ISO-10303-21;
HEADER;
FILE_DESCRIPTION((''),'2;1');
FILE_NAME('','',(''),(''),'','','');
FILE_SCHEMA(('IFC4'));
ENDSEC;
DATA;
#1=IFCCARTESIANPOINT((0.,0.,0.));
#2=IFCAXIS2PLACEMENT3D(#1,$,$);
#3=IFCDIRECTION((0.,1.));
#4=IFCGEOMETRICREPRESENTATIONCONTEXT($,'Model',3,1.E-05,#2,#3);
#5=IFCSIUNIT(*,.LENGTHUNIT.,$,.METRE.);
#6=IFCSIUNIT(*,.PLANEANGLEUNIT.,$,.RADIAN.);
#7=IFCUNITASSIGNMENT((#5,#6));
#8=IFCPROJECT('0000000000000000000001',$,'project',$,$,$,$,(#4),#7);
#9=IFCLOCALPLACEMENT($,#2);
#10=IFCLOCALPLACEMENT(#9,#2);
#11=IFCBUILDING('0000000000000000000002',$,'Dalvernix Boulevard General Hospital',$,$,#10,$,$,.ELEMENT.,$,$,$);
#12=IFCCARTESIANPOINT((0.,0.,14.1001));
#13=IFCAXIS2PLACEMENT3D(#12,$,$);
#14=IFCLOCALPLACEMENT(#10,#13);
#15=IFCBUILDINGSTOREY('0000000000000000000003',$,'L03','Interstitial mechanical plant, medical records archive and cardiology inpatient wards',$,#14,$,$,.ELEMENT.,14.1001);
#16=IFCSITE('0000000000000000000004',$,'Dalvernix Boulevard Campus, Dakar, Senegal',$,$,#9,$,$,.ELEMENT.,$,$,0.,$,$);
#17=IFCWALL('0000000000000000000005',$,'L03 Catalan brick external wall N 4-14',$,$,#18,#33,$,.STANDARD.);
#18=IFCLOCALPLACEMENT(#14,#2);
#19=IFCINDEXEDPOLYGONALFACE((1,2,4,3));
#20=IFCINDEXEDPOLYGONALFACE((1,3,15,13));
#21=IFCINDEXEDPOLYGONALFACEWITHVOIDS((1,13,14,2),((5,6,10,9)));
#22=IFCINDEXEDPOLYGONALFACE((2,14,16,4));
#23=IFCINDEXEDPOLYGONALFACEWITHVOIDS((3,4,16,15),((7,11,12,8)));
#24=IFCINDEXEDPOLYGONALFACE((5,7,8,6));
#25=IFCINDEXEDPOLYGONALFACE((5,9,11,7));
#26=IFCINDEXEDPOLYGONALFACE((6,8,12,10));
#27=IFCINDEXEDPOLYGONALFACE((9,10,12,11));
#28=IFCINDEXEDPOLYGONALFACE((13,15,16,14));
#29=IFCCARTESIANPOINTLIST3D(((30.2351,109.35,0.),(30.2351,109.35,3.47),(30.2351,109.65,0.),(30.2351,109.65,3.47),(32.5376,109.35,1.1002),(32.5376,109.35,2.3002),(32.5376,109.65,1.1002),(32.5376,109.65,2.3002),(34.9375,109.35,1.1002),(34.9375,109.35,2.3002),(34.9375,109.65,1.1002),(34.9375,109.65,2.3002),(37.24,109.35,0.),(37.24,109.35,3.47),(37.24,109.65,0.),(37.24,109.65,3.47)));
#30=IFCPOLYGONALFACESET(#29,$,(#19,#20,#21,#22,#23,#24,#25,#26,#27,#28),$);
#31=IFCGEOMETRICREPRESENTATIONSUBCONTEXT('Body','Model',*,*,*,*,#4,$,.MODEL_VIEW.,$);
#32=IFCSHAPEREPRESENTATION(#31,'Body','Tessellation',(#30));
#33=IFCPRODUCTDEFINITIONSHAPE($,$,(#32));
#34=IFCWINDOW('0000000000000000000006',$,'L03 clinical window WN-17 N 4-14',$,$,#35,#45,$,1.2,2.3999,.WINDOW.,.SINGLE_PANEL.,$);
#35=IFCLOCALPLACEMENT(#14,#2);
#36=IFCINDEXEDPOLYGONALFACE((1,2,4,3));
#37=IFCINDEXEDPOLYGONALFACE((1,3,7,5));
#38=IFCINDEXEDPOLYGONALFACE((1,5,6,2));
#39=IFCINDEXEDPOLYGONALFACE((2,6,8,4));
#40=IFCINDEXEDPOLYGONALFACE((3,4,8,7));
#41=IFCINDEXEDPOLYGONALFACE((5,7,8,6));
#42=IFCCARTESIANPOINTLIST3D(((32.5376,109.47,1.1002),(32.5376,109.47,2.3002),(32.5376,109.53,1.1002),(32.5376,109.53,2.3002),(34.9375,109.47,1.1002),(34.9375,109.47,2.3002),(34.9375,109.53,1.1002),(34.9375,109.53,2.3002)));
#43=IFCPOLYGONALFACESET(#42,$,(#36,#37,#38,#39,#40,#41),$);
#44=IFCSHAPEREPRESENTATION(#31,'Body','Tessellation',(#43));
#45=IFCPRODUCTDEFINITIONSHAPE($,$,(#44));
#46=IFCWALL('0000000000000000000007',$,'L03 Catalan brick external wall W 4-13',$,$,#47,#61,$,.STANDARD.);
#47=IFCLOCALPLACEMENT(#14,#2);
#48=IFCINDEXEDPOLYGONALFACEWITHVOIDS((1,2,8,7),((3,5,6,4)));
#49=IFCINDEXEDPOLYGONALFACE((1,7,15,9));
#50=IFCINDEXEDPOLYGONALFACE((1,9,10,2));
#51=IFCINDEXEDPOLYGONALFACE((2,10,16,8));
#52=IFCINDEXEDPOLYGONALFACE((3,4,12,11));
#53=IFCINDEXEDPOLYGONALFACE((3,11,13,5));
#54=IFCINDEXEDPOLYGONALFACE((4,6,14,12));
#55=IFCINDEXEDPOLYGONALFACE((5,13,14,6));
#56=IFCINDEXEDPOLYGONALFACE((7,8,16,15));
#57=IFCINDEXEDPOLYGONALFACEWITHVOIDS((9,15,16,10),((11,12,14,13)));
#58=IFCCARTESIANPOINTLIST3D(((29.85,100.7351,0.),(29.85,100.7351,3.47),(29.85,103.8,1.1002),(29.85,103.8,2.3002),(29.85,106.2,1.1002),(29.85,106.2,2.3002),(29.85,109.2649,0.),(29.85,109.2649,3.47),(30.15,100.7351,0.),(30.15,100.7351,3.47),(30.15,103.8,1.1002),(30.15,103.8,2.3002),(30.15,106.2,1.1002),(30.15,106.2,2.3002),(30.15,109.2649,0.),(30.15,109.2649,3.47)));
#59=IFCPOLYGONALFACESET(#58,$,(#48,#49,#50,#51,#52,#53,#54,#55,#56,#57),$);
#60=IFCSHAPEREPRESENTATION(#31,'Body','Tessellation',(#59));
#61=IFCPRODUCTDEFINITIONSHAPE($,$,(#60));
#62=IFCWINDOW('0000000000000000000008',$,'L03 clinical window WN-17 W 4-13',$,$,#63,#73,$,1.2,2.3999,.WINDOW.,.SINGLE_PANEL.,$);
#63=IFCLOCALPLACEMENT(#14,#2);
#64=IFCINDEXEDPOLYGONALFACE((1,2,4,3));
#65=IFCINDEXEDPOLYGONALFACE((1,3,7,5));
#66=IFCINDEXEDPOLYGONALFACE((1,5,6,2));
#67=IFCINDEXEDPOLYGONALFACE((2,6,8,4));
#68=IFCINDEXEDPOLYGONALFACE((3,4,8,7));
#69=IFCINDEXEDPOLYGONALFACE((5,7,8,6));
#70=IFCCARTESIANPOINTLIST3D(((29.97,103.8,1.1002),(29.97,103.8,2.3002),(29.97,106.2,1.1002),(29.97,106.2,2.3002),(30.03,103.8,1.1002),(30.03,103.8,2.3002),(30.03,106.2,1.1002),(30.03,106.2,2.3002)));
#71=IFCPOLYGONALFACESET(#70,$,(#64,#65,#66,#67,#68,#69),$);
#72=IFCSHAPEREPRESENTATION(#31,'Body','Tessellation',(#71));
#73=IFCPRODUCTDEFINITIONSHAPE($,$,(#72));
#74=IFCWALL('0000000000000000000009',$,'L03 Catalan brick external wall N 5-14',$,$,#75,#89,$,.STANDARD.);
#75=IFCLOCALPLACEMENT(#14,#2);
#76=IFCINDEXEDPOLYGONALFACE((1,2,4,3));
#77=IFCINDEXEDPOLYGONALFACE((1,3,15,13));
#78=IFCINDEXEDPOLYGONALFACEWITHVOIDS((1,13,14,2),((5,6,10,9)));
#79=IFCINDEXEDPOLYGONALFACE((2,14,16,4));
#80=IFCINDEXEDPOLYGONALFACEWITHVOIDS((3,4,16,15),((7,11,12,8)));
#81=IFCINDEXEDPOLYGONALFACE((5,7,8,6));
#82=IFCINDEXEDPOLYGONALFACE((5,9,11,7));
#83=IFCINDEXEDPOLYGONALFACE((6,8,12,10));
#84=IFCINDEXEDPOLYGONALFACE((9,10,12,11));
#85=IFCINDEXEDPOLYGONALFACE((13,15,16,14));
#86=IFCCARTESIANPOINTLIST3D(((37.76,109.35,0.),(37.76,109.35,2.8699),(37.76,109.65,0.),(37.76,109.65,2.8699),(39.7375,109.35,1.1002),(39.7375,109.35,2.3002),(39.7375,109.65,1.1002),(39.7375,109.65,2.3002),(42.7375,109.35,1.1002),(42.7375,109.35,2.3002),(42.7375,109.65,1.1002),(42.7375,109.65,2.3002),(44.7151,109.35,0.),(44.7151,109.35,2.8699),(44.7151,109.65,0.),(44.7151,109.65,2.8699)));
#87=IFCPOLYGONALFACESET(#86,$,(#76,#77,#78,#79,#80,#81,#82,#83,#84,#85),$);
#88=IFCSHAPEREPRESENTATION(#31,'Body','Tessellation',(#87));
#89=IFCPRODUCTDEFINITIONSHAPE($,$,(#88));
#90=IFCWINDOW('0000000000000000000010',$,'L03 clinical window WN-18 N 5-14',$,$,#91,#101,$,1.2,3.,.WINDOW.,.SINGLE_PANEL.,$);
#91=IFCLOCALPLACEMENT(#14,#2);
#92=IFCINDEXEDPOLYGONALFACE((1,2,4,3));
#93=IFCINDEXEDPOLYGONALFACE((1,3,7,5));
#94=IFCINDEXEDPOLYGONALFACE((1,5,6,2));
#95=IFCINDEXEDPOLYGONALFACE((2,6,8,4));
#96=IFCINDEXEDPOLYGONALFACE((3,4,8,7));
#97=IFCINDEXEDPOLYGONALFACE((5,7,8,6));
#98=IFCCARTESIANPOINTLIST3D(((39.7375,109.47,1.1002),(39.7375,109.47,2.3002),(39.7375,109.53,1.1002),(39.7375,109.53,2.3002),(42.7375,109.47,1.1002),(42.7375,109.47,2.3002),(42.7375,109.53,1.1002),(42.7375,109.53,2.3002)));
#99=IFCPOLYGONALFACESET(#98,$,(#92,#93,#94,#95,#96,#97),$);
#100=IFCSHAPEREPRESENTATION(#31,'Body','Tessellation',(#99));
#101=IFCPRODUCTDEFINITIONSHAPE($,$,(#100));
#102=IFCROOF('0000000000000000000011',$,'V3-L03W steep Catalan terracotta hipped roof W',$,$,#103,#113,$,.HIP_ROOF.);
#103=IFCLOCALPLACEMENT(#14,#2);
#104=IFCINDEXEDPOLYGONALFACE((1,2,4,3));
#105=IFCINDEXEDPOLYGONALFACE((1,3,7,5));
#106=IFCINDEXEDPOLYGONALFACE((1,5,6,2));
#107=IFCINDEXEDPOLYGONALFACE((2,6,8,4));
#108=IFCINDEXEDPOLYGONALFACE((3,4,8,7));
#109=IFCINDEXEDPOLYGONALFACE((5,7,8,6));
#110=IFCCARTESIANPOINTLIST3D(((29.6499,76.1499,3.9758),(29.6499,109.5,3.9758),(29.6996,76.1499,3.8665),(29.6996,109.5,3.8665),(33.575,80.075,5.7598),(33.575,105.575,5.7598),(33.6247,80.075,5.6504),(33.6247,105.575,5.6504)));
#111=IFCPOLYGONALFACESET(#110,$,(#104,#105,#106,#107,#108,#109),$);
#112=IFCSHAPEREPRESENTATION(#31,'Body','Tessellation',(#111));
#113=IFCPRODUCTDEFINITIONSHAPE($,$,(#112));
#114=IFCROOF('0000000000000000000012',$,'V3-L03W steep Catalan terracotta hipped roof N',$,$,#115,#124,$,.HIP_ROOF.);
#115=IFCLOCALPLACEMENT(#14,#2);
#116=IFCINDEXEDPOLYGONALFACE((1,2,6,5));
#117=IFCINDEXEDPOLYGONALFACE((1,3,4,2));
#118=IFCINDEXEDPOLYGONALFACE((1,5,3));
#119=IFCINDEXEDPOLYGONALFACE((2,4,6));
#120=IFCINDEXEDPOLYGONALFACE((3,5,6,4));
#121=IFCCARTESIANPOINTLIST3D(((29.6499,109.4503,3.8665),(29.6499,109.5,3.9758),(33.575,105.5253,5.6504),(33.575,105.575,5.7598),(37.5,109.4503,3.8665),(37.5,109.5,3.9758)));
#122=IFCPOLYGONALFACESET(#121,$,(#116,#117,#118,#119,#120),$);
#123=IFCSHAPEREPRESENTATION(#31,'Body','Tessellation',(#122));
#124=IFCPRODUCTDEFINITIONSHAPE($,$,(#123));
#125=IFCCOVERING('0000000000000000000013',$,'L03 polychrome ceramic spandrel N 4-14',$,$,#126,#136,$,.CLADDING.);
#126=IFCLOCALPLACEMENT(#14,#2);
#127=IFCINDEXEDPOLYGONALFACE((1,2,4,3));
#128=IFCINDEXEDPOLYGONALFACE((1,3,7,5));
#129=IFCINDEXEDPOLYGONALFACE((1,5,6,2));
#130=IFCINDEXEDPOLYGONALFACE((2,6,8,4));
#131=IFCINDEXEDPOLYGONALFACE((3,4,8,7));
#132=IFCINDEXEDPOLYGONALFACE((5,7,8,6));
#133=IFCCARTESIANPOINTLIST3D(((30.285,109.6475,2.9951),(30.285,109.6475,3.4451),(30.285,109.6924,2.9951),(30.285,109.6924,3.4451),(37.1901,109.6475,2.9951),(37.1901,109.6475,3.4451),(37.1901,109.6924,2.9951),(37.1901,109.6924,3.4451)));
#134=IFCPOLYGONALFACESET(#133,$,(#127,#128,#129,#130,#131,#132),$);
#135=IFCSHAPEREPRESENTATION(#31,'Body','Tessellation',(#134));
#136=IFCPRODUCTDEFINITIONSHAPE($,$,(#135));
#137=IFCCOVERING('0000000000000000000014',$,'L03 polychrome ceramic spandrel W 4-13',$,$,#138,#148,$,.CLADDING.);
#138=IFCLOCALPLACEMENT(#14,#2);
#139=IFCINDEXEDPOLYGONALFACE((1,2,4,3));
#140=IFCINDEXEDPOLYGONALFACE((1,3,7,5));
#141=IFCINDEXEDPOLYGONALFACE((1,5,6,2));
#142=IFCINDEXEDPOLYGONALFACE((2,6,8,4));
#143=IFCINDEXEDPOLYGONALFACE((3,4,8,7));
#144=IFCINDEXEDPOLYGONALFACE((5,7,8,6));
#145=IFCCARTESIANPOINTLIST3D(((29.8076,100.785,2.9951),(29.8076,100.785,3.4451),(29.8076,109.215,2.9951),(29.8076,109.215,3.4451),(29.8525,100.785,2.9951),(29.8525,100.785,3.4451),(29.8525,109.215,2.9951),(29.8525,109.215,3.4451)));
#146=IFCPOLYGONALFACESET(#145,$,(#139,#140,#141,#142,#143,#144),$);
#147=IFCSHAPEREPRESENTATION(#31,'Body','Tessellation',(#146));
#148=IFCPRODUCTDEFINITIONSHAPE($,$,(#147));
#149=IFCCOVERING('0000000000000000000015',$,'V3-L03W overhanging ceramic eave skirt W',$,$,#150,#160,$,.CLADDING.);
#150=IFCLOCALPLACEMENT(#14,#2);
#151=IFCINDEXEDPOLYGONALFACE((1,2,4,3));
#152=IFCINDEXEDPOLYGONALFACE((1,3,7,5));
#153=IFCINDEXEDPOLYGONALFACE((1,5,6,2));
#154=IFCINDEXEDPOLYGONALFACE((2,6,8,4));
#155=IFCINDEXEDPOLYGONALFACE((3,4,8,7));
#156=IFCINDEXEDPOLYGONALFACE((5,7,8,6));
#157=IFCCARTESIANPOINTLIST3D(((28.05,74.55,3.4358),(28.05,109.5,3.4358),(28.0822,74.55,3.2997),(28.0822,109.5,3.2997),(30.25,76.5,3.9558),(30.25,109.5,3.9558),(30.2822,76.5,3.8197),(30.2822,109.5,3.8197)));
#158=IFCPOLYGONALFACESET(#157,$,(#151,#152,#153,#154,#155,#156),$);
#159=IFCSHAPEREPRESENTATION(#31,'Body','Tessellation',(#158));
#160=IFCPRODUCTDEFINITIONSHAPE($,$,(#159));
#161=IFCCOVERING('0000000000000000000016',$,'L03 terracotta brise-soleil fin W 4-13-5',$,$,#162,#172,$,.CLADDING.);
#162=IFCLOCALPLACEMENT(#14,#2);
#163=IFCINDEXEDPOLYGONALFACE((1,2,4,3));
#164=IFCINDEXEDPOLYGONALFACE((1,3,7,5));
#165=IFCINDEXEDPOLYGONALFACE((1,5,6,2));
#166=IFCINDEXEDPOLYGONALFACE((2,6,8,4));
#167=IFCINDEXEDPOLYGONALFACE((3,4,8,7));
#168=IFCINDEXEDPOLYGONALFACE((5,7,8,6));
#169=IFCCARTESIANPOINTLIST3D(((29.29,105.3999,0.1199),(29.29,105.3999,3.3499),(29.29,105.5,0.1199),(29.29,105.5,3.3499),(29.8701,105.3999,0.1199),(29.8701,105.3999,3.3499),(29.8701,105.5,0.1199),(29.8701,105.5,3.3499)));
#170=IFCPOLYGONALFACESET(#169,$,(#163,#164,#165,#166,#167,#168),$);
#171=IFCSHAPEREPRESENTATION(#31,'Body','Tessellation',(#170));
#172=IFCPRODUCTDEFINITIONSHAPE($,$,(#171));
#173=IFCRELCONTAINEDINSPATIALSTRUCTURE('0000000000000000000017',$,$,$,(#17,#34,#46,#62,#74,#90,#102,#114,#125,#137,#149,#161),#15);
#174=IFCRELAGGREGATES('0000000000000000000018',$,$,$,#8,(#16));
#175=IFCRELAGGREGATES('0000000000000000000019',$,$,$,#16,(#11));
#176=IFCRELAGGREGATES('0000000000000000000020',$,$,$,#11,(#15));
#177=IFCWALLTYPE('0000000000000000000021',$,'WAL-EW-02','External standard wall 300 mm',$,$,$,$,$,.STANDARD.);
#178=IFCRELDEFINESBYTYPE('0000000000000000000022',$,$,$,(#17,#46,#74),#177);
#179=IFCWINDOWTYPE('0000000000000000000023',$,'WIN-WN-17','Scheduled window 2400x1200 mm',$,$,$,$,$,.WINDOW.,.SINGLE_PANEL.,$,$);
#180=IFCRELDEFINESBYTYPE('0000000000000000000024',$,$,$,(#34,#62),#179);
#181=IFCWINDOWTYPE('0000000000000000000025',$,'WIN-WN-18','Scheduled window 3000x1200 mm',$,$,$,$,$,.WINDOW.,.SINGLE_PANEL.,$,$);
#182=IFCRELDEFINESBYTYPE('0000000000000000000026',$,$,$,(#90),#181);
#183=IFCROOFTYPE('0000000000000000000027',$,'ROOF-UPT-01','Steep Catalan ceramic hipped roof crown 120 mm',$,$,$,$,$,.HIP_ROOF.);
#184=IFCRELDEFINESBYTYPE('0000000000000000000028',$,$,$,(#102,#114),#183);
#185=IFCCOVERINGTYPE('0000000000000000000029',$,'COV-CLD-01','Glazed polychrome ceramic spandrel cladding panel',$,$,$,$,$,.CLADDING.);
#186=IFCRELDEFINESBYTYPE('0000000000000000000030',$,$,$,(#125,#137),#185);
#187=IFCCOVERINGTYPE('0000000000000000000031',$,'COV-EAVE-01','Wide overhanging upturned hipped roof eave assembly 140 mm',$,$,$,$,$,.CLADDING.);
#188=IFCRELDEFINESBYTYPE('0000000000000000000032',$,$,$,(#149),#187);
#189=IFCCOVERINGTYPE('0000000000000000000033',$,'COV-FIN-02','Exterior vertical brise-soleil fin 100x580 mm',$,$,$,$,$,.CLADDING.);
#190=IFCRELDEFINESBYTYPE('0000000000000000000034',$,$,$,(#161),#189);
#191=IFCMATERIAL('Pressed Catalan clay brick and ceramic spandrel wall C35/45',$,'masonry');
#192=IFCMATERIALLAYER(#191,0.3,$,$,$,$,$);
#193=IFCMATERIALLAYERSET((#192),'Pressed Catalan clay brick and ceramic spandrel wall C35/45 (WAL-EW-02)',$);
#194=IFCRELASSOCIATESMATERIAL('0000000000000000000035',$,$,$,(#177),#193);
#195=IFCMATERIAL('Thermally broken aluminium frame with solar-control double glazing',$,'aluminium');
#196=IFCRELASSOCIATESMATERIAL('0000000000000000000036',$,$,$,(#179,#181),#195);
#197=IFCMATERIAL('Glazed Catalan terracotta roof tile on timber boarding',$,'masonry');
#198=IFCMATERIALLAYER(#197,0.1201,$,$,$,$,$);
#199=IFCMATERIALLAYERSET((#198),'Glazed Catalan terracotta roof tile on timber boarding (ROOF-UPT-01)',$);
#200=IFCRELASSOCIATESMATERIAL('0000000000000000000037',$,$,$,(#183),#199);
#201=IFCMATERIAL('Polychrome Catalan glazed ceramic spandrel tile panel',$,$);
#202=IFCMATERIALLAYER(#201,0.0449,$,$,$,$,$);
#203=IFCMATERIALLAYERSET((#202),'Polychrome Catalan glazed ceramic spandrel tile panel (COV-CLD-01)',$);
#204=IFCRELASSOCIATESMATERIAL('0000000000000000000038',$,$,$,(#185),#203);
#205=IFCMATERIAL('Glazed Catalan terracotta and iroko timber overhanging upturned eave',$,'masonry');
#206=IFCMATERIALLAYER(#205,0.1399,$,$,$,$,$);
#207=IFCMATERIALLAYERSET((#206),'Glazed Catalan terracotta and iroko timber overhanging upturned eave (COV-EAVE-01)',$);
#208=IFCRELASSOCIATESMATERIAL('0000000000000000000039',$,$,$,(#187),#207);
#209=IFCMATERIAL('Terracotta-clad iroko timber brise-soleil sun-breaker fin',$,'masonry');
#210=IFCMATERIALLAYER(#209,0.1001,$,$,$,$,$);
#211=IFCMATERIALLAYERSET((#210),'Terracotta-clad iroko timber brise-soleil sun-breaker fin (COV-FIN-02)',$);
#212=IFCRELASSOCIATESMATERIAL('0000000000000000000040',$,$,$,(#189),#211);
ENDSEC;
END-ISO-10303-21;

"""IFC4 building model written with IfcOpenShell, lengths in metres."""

from ifc_helpers import new_model, si_unit, direction, frame, frame_2d, origin, origin_2d, place, context, subcontext, project, spatial, polyline, rectangle, outline, extrude, material, layer, layer_set, type_object, element, fill, save


model = new_model("IFC4")

# Units and contexts
model_context = context("Model", 3, precision=1e-05, world=origin(), true_north=direction((0.0, 1.0)))
body_context = subcontext(model_context, "Body", "Model", "MODEL_VIEW")
ifc_project = project(units=[si_unit("LENGTHUNIT", "METRE"), si_unit("PLANEANGLEUNIT", "RADIAN")], contexts=[model_context])

# Site, building, storey
site_placement = place(None, origin())
site = spatial("IfcSite", under=ifc_project, at=site_placement, Name="Dalvernix Boulevard Campus, Dakar, Senegal", CompositionType="ELEMENT", RefElevation=0.0)
building_placement = place(site_placement, origin())
building = spatial("IfcBuilding", under=site, at=building_placement, Name="Dalvernix Boulevard General Hospital", CompositionType="ELEMENT")
storey_placement = place(building_placement, frame((0.0, 0.0, 14.1001)))
storey = spatial("IfcBuildingStorey", under=building, at=storey_placement, Name="L03", Description="Interstitial mechanical plant, medical records archive and cardiology inpatient wards", CompositionType="ELEMENT", Elevation=14.1001)

# Walls, openings, windows
ifc_material_1 = material(Name="Pressed Catalan clay brick and ceramic spandrel wall C35/45", Category="masonry")
ifc_layer_1 = layer(ifc_material_1, 0.3)
ifc_layer_set_1 = layer_set([ifc_layer_1], Name="Pressed Catalan clay brick and ceramic spandrel wall C35/45 (WAL-EW-02)")
wall_type = type_object("IfcWallType", Name="WAL-EW-02", Description="External standard wall 300 mm", PredefinedType="STANDARD", material=ifc_layer_set_1)
wall_1_placement = place(storey_placement, frame((30.2351, 109.5, 0.0), z_axis=(0.0, 0.0, 1.0), x_axis=(1.0, 0.0, 0.0)))
wall_1 = element("IfcWall", 1, at=wall_1_placement, inside=storey, type_object=wall_type, Name="L03 Catalan brick external wall N 4-14", PredefinedType="STANDARD", context=body_context, shape_type="SweptSolid", body=[
    extrude(rectangle(XDim=7.0049, YDim=0.3, at=frame_2d((3.5024, 0.0))), origin(), (0.0, 0.0, 1.0), 3.47),
])
opening_1_placement = place(wall_1_placement, frame((2.3025, 0.0, 1.1001)))
opening_1 = element("IfcOpeningElement", 2, at=opening_1_placement, cuts=wall_1, PredefinedType="OPENING", context=body_context, shape_type="SweptSolid", body=[
    extrude(rectangle(XDim=2.3999, YDim=1.2, at=frame_2d((1.2, 0.6001))), frame((0.0, 0.1599, 0.0), z_axis=(0.0, -1.0, 0.0), x_axis=(1.0, 0.0, 0.0)), (0.0, 0.0, 1.0), 0.3201),
])
ifc_material_2 = material(Name="Thermally broken aluminium frame with solar-control double glazing", Category="aluminium")
window_type_1 = type_object("IfcWindowType", Name="WIN-WN-17", Description="Scheduled window 2400x1200 mm", PartitioningType="SINGLE_PANEL", PredefinedType="WINDOW", material=ifc_material_2)
window_1_placement = place(opening_1_placement, origin())
window_1 = element("IfcWindow", 3, at=window_1_placement, inside=storey, type_object=window_type_1, Name="L03 clinical window WN-17 N 4-14", OverallHeight=1.2, OverallWidth=2.3999, PartitioningType="SINGLE_PANEL", PredefinedType="WINDOW", context=body_context, shape_type="SweptSolid", body=[
    extrude(rectangle(XDim=2.3999, YDim=1.2, at=frame_2d((1.2, 0.6001))), frame((0.0, 0.03, 0.0), z_axis=(0.0, -1.0, 0.0), x_axis=(1.0, 0.0, 0.0)), (0.0, 0.0, 1.0), 0.0601),
])
fill(opening_1, window_1)
wall_2_placement = place(storey_placement, frame((30.0, 100.7351, 0.0), z_axis=(0.0, 0.0, 1.0), x_axis=(0.0, 1.0, 0.0)))
wall_2 = element("IfcWall", 4, at=wall_2_placement, inside=storey, type_object=wall_type, Name="L03 Catalan brick external wall W 4-13", PredefinedType="STANDARD", context=body_context, shape_type="SweptSolid", body=[
    extrude(rectangle(XDim=8.5298, YDim=0.3, at=frame_2d((4.2649, 0.0))), origin(), (0.0, 0.0, 1.0), 3.47),
])
opening_2_placement = place(wall_2_placement, frame((3.0649, 0.0, 1.1001)))
opening_2 = element("IfcOpeningElement", 5, at=opening_2_placement, cuts=wall_2, PredefinedType="OPENING", context=body_context, shape_type="SweptSolid", body=[
    extrude(rectangle(XDim=2.3999, YDim=1.2, at=frame_2d((1.2, 0.6001))), frame((0.0, 0.1599, 0.0), z_axis=(0.0, -1.0, 0.0), x_axis=(1.0, 0.0, 0.0)), (0.0, 0.0, 1.0), 0.3201),
])
window_2_placement = place(opening_2_placement, origin())
window_2 = element("IfcWindow", 6, at=window_2_placement, inside=storey, type_object=window_type_1, Name="L03 clinical window WN-17 W 4-13", OverallHeight=1.2, OverallWidth=2.3999, PartitioningType="SINGLE_PANEL", PredefinedType="WINDOW", context=body_context, shape_type="SweptSolid", body=[
    extrude(rectangle(XDim=2.3999, YDim=1.2, at=frame_2d((1.2, 0.6001))), frame((0.0, 0.03, 0.0), z_axis=(0.0, -1.0, 0.0), x_axis=(1.0, 0.0, 0.0)), (0.0, 0.0, 1.0), 0.0601),
])
fill(opening_2, window_2)
wall_3_placement = place(storey_placement, frame((37.76, 109.5, 0.0), z_axis=(0.0, 0.0, 1.0), x_axis=(1.0, 0.0, 0.0)))
wall_3 = element("IfcWall", 7, at=wall_3_placement, inside=storey, type_object=wall_type, Name="L03 Catalan brick external wall N 5-14", PredefinedType="STANDARD", context=body_context, shape_type="SweptSolid", body=[
    extrude(rectangle(XDim=6.9551, YDim=0.3, at=frame_2d((3.4775, 0.0))), origin(), (0.0, 0.0, 1.0), 2.8699),
])
opening_3_placement = place(wall_3_placement, frame((1.9775, 0.0, 1.1001)))
opening_3 = element("IfcOpeningElement", 8, at=opening_3_placement, cuts=wall_3, PredefinedType="OPENING", context=body_context, shape_type="SweptSolid", body=[
    extrude(rectangle(XDim=3.0, YDim=1.2, at=frame_2d((1.5, 0.6001))), frame((0.0, 0.1599, 0.0), z_axis=(0.0, -1.0, 0.0), x_axis=(1.0, 0.0, 0.0)), (0.0, 0.0, 1.0), 0.3201),
])
window_type_2 = type_object("IfcWindowType", Name="WIN-WN-18", Description="Scheduled window 3000x1200 mm", PartitioningType="SINGLE_PANEL", PredefinedType="WINDOW", material=ifc_material_2)
window_3_placement = place(opening_3_placement, origin())
window_3 = element("IfcWindow", 9, at=window_3_placement, inside=storey, type_object=window_type_2, Name="L03 clinical window WN-18 N 5-14", OverallHeight=1.2, OverallWidth=3.0, PartitioningType="SINGLE_PANEL", PredefinedType="WINDOW", context=body_context, shape_type="SweptSolid", body=[
    extrude(rectangle(XDim=3.0, YDim=1.2, at=frame_2d((1.5, 0.6001))), frame((0.0, 0.03, 0.0), z_axis=(0.0, -1.0, 0.0), x_axis=(1.0, 0.0, 0.0)), (0.0, 0.0, 1.0), 0.0601),
])
fill(opening_3, window_3)

# Roofs
ifc_material_3 = material(Name="Glazed Catalan terracotta roof tile on timber boarding", Category="masonry")
ifc_layer_2 = layer(ifc_material_3, 0.1201)
ifc_layer_set_2 = layer_set([ifc_layer_2], Name="Glazed Catalan terracotta roof tile on timber boarding (ROOF-UPT-01)")
roof_type_1 = type_object("IfcRoofType", Name="ROOF-UPT-01", Description="Steep Catalan ceramic hipped roof crown 120 mm", PredefinedType="HIP_ROOF", material=ifc_layer_set_2)
roof_1_placement = place(storey_placement, frame((29.6499, 109.5, 3.9758), z_axis=(-0.413769, 0.0, 0.910382), x_axis=(0.0, -1.0, 0.0)))
element("IfcRoof", 10, at=roof_1_placement, inside=storey, type_object=roof_type_1, Name="V3-L03W steep Catalan terracotta hipped roof W", PredefinedType="HIP_ROOF", context=body_context, shape_type="SweptSolid", body=[
    extrude(outline(polyline([(0.0, 0.0), (33.3501, 0.0), (29.425, 4.3114), (3.925, 4.3114), (0.0, 0.0)])), origin(), (0.0, 0.0, -1.0), 0.1201),
])
roof_2_placement = place(storey_placement, frame((37.5, 109.5, 3.9758), z_axis=(0.0, 0.413769, 0.910382), x_axis=(-1.0, 0.0, 0.0)))
element("IfcRoof", 11, at=roof_2_placement, inside=storey, type_object=roof_type_1, Name="V3-L03W steep Catalan terracotta hipped roof N", PredefinedType="HIP_ROOF", context=body_context, shape_type="SweptSolid", body=[
    extrude(outline(polyline([(0.0, 0.0), (7.8501, 0.0), (3.925, 4.3114), (0.0, 0.0)])), origin(), (0.0, 0.0, -1.0), 0.1201),
])

# Coverings
ifc_material_4 = material(Name="Polychrome Catalan glazed ceramic spandrel tile panel")
ifc_layer_3 = layer(ifc_material_4, 0.0449)
ifc_layer_set_3 = layer_set([ifc_layer_3], Name="Polychrome Catalan glazed ceramic spandrel tile panel (COV-CLD-01)")
covering_type_1 = type_object("IfcCoveringType", Name="COV-CLD-01", Description="Glazed polychrome ceramic spandrel cladding panel", PredefinedType="CLADDING", material=ifc_layer_set_3)
covering_1_placement = place(storey_placement, frame((33.7375, 109.6699, 2.9951), z_axis=(0.0, 0.0, 1.0), x_axis=(1.0, 0.0, 0.0)))
element("IfcCovering", 12, at=covering_1_placement, inside=storey, type_object=covering_type_1, Name="L03 polychrome ceramic spandrel N 4-14", PredefinedType="CLADDING", context=body_context, shape_type="SweptSolid", body=[
    extrude(rectangle(XDim=6.905, YDim=0.0449, at=origin_2d()), origin(), (0.0, 0.0, 1.0), 0.45),
])
covering_2_placement = place(storey_placement, frame((29.8301, 105.0, 2.9951), z_axis=(0.0, 0.0, 1.0), x_axis=(0.0, 1.0, 0.0)))
element("IfcCovering", 13, at=covering_2_placement, inside=storey, type_object=covering_type_1, Name="L03 polychrome ceramic spandrel W 4-13", PredefinedType="CLADDING", context=body_context, shape_type="SweptSolid", body=[
    extrude(rectangle(XDim=8.4299, YDim=0.0449, at=origin_2d()), origin(), (0.0, 0.0, 1.0), 0.45),
])
ifc_material_5 = material(Name="Glazed Catalan terracotta and iroko timber overhanging upturned eave", Category="masonry")
ifc_layer_4 = layer(ifc_material_5, 0.1399)
ifc_layer_set_4 = layer_set([ifc_layer_4], Name="Glazed Catalan terracotta and iroko timber overhanging upturned eave (COV-EAVE-01)")
covering_type_2 = type_object("IfcCoveringType", Name="COV-EAVE-01", Description="Wide overhanging upturned hipped roof eave assembly 140 mm", PredefinedType="CLADDING", material=ifc_layer_set_4)
covering_3_placement = place(storey_placement, frame((30.25, 109.5, 3.9558), z_axis=(-0.230038, 0.0, 0.973182), x_axis=(0.0, -1.0, 0.0)))
element("IfcCovering", 14, at=covering_3_placement, inside=storey, type_object=covering_type_2, Name="V3-L03W overhanging ceramic eave skirt W", PredefinedType="CLADDING", context=body_context, shape_type="SweptSolid", body=[
    extrude(outline(polyline([(0.0, 0.0), (33.0, 0.0), (34.95, -2.2606), (0.0, -2.2606), (0.0, 0.0)])), origin(), (0.0, 0.0, -1.0), 0.1399),
])
ifc_material_6 = material(Name="Terracotta-clad iroko timber brise-soleil sun-breaker fin", Category="masonry")
ifc_layer_5 = layer(ifc_material_6, 0.1001)
ifc_layer_set_5 = layer_set([ifc_layer_5], Name="Terracotta-clad iroko timber brise-soleil sun-breaker fin (COV-FIN-02)")
covering_type_3 = type_object("IfcCoveringType", Name="COV-FIN-02", Description="Exterior vertical brise-soleil fin 100x580 mm", PredefinedType="CLADDING", material=ifc_layer_set_5)
for number, where, z_axis, x_axis, name in (
    (15, (29.5801, 105.45, 0.1199), (0.0, 0.0, 1.0), (0.0, 1.0, 0.0), "L03 terracotta brise-soleil fin W 4-13-5"),
):
    element("IfcCovering", number, at=place(storey_placement, frame(where, z_axis=z_axis, x_axis=x_axis)), inside=storey, type_object=covering_type_3, Name=name, PredefinedType="CLADDING", context=body_context, shape_type="SweptSolid", body=[
        extrude(rectangle(XDim=0.1001, YDim=0.5801, at=origin_2d()), origin(), (0.0, 0.0, 1.0), 3.23),
    ])

save(model, "model.ifc")
